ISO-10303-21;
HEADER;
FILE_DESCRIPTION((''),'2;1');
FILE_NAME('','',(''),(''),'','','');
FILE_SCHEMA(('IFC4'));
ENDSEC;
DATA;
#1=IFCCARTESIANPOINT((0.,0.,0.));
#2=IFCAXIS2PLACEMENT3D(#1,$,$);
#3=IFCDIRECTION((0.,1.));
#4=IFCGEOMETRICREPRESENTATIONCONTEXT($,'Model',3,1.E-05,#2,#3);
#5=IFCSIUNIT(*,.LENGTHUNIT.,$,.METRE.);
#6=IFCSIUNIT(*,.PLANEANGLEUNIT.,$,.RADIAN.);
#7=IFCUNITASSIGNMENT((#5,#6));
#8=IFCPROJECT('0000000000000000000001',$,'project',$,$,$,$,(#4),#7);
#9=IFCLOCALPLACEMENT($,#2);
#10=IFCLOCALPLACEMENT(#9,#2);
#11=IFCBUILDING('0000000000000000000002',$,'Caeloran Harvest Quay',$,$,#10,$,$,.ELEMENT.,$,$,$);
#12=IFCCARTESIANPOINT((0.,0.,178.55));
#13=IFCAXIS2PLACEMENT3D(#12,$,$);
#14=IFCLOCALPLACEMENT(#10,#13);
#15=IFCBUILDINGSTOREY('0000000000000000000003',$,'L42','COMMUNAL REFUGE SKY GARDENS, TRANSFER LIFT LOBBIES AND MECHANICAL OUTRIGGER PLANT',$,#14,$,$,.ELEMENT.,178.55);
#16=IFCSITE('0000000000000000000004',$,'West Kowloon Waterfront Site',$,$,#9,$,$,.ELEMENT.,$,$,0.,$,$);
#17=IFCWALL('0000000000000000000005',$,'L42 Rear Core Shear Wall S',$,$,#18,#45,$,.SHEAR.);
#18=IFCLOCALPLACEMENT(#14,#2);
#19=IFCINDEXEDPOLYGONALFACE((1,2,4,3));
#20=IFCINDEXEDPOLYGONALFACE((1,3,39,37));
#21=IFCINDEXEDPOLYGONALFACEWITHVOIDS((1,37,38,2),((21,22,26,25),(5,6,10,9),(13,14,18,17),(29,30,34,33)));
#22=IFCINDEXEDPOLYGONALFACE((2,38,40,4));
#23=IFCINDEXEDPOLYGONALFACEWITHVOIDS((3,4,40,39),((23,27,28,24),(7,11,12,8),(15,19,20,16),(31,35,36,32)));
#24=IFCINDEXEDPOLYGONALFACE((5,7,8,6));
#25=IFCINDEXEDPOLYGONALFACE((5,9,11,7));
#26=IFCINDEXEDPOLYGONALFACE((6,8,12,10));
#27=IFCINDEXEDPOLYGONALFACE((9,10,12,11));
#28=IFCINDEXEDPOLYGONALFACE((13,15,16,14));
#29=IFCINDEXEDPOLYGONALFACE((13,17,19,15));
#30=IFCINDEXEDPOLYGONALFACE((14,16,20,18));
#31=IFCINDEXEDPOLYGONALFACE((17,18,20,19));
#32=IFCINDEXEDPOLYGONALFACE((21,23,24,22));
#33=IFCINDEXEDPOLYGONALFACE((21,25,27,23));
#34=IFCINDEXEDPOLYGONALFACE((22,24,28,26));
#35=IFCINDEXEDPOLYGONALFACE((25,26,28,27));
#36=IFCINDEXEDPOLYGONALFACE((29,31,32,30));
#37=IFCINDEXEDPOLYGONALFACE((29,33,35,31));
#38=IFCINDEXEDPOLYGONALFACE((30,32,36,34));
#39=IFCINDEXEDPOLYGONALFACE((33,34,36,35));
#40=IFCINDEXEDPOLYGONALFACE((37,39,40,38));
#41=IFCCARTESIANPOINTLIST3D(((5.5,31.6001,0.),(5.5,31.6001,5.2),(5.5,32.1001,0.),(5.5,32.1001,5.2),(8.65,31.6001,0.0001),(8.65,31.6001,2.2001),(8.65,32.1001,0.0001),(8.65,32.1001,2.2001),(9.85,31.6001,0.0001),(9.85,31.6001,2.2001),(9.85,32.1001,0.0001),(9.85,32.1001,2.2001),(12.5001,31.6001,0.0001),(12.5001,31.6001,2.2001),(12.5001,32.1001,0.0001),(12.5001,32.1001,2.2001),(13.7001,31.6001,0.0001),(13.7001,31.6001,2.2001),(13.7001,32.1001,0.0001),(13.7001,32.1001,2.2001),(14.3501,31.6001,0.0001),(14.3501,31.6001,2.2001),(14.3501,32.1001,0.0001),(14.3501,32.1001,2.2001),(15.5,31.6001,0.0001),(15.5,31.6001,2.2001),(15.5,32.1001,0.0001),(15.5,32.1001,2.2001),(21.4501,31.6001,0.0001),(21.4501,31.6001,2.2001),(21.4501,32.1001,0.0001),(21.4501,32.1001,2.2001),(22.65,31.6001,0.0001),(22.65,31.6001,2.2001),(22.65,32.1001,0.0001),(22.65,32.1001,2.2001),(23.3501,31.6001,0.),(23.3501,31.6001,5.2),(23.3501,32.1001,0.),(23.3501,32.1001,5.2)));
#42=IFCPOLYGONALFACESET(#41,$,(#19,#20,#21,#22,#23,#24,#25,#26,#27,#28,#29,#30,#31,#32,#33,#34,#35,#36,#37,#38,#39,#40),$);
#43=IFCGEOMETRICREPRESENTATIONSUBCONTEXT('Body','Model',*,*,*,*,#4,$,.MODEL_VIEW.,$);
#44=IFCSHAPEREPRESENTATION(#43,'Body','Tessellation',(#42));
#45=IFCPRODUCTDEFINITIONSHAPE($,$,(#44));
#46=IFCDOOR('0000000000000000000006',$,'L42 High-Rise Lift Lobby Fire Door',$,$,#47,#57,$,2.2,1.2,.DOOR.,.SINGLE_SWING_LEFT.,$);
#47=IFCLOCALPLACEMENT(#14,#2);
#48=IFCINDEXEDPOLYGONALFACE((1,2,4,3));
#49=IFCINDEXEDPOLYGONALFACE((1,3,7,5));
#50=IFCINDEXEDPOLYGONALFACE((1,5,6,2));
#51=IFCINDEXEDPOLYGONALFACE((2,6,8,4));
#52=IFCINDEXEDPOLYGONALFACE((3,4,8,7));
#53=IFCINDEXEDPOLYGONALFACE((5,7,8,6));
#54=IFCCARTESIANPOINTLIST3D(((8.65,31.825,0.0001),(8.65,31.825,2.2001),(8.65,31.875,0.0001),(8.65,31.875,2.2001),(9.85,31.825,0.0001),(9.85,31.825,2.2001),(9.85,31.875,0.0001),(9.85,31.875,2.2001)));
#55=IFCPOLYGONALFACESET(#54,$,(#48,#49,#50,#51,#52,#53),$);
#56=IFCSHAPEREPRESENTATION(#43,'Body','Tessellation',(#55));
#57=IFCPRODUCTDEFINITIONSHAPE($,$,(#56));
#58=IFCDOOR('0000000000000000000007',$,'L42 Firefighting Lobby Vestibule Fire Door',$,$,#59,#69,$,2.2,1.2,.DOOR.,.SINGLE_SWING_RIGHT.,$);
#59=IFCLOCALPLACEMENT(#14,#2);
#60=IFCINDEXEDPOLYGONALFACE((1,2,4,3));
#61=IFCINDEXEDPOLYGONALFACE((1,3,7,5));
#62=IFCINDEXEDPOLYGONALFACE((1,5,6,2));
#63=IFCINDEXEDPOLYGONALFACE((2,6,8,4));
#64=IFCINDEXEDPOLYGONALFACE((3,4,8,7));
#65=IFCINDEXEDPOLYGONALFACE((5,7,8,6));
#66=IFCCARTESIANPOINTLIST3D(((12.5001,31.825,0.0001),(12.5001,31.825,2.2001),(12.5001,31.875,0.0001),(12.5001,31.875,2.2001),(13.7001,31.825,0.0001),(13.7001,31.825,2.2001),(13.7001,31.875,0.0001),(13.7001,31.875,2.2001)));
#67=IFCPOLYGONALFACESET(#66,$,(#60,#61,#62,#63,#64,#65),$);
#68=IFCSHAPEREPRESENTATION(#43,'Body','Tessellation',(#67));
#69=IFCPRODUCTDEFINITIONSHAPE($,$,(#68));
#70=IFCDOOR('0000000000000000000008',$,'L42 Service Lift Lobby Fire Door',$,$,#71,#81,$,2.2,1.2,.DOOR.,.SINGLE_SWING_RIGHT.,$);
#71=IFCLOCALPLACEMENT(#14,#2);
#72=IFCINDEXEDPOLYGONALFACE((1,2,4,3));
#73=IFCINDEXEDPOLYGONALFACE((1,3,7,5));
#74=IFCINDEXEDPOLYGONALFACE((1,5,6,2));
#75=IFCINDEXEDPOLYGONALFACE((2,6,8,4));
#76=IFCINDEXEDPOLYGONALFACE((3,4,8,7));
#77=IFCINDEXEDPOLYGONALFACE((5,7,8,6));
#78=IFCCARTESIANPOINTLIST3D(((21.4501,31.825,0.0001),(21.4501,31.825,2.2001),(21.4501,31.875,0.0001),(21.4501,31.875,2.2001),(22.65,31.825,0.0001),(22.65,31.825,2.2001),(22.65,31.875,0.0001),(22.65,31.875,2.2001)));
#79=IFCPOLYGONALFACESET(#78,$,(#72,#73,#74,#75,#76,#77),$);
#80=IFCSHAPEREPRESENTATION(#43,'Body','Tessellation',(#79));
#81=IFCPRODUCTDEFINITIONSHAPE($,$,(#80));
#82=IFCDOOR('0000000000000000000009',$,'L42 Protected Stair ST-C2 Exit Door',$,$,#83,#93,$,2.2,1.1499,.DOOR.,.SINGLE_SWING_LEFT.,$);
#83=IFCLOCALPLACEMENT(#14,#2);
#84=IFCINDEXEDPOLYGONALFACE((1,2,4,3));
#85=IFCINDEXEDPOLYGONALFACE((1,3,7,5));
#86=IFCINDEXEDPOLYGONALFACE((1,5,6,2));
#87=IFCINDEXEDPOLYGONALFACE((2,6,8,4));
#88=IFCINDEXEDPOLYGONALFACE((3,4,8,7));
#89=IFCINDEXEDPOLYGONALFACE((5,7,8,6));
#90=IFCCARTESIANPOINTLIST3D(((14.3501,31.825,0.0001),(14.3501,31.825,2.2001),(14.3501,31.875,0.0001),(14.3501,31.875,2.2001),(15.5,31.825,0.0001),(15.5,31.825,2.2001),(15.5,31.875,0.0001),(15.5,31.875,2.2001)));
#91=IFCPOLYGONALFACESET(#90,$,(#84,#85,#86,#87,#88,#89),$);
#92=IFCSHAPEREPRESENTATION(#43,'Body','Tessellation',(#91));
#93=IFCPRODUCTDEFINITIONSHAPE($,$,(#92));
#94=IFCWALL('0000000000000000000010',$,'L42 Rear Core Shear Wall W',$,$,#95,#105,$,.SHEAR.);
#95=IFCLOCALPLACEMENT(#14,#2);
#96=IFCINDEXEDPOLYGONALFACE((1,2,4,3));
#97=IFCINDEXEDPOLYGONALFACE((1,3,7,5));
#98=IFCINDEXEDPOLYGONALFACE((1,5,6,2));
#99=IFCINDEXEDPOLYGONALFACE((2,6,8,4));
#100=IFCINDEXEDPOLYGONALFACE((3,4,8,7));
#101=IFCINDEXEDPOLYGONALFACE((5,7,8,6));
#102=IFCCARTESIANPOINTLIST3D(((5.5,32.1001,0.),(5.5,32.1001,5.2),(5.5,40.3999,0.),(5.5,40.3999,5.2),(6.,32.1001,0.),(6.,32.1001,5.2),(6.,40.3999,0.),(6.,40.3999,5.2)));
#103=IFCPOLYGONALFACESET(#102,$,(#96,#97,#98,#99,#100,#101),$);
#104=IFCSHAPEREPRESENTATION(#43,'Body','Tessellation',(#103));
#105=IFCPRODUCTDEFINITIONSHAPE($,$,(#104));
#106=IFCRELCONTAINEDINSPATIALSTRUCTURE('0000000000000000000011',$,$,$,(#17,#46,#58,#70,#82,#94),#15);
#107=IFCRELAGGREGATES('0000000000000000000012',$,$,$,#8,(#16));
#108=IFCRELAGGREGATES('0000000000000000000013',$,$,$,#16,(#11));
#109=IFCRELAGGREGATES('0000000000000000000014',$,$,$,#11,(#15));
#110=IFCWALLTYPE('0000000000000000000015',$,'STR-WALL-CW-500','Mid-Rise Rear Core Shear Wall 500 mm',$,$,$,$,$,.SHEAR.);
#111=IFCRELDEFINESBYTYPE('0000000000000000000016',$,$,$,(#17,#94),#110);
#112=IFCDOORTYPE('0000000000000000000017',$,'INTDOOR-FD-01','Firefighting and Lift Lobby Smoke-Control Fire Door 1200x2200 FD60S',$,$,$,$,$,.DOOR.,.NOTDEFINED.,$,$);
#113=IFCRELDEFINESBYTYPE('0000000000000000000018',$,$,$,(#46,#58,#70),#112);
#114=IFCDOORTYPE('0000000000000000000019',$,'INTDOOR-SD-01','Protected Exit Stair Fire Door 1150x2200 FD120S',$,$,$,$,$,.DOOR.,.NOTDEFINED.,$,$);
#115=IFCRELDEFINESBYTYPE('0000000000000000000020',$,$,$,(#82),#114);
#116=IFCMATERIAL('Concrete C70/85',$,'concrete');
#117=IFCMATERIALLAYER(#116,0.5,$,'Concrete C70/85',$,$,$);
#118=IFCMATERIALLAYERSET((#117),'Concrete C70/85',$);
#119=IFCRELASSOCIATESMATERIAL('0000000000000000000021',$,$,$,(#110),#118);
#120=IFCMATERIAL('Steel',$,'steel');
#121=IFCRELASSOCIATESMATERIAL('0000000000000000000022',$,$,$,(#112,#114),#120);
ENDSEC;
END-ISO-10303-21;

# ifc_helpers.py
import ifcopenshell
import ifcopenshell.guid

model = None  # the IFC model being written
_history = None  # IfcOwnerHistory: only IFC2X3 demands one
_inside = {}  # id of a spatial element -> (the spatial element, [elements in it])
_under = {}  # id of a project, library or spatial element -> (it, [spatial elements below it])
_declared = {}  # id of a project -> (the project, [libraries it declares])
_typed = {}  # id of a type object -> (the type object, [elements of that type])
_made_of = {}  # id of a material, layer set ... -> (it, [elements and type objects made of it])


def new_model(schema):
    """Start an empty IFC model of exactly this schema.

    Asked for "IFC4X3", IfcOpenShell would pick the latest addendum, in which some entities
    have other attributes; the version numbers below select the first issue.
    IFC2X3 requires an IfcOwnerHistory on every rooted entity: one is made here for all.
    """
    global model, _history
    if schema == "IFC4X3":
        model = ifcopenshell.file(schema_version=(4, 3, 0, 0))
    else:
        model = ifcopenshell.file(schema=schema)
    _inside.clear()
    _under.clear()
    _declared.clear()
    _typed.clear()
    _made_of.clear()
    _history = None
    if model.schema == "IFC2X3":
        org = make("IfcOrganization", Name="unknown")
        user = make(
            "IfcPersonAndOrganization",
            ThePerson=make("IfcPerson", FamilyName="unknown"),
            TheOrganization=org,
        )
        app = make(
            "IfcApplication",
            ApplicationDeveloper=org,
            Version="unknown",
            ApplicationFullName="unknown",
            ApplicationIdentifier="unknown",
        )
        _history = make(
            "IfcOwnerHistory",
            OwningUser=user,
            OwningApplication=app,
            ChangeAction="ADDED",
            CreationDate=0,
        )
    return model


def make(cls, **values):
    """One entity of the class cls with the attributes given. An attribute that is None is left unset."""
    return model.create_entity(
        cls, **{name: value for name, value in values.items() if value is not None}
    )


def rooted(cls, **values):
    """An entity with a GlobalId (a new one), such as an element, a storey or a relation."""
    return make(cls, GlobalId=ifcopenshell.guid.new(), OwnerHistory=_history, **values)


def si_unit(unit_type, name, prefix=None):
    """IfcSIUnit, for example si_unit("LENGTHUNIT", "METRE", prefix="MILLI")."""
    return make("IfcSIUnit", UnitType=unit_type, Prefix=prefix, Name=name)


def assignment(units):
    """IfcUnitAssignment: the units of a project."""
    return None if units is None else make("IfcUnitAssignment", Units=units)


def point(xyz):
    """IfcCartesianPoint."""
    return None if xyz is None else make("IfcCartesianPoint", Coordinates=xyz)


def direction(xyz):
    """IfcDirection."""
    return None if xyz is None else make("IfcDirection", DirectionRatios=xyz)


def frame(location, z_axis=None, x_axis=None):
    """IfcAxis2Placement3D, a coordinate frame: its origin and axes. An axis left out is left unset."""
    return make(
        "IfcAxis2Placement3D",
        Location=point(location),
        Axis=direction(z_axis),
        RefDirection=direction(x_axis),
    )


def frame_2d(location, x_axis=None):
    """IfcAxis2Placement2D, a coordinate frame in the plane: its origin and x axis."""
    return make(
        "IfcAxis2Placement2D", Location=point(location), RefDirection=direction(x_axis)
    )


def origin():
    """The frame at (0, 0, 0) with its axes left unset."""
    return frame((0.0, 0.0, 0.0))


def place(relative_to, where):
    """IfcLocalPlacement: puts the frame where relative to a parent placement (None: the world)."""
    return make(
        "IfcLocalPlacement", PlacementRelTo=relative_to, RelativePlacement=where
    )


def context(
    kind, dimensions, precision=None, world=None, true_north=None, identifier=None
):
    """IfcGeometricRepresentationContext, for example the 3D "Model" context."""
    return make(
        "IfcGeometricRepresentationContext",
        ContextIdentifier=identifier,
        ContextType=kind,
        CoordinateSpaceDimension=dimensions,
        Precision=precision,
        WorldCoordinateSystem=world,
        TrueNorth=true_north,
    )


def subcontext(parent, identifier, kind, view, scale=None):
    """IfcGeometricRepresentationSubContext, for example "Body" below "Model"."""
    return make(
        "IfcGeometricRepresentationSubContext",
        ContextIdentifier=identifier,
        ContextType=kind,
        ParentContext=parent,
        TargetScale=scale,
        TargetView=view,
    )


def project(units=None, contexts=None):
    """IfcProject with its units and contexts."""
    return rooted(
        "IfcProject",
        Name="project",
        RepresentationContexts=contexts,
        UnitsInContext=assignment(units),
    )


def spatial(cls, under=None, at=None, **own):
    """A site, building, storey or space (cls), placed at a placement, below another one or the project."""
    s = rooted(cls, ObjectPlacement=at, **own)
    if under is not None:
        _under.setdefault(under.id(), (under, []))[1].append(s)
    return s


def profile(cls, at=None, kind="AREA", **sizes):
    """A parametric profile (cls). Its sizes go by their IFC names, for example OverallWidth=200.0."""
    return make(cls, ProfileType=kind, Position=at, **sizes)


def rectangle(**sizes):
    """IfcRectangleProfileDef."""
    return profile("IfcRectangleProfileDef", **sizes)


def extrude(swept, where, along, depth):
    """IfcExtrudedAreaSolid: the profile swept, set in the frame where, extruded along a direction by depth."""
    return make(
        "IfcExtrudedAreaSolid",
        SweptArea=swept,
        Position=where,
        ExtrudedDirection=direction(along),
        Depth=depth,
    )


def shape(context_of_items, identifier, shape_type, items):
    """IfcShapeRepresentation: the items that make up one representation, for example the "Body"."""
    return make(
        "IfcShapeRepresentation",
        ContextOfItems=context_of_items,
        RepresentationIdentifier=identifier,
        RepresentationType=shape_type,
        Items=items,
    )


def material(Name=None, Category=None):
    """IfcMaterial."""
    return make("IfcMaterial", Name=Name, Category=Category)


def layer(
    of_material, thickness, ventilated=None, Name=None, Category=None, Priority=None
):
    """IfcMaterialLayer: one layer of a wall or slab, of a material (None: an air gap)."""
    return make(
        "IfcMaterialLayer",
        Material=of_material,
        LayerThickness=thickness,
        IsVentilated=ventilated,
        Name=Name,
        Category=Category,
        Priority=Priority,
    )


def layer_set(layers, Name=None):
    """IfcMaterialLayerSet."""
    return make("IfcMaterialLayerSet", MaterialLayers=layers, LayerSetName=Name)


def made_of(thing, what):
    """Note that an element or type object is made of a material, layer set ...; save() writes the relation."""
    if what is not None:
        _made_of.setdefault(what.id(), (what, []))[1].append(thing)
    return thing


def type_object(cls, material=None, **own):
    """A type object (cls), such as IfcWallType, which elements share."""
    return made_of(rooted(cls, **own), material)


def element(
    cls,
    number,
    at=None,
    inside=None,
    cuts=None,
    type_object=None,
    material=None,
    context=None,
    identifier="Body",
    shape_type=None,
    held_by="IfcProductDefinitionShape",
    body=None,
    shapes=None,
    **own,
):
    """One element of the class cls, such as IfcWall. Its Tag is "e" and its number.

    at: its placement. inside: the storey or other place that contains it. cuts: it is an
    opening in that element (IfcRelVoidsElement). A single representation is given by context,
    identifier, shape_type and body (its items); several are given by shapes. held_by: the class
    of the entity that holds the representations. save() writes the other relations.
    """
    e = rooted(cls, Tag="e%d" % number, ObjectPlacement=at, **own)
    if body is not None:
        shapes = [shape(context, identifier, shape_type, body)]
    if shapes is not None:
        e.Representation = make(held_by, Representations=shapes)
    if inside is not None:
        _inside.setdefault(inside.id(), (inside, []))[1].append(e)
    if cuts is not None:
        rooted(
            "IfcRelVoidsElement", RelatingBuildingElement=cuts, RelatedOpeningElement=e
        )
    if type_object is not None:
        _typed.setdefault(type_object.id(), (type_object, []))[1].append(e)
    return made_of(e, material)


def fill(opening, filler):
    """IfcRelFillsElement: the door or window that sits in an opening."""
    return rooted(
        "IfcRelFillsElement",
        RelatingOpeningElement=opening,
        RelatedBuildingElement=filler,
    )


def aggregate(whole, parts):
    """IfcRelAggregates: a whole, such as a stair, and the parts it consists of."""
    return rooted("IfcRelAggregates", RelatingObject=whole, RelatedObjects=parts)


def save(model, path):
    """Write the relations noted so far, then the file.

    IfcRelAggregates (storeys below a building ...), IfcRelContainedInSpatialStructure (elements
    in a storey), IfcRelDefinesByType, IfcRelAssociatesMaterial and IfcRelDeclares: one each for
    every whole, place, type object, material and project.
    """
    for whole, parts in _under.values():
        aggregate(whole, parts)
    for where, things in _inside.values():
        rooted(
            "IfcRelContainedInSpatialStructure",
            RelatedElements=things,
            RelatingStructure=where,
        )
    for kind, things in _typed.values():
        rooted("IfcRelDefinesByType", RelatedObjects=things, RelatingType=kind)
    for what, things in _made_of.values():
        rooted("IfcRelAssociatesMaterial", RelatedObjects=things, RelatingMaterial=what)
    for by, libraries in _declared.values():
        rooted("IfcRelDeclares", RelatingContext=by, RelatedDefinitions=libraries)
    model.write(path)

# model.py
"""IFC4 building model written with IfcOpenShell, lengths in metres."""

from ifc_helpers import new_model, si_unit, direction, frame, frame_2d, origin, place, context, subcontext, project, spatial, rectangle, extrude, material, layer, layer_set, type_object, element, fill, save


model = new_model("IFC4")

# Units and contexts
model_context = context("Model", 3, precision=1e-05, world=origin(), true_north=direction((0.0, 1.0)))
body_context = subcontext(model_context, "Body", "Model", "MODEL_VIEW")
ifc_project = project(units=[si_unit("LENGTHUNIT", "METRE"), si_unit("PLANEANGLEUNIT", "RADIAN")], contexts=[model_context])

# Site, building, storey
site_placement = place(None, origin())
site = spatial("IfcSite", under=ifc_project, at=site_placement, Name="West Kowloon Waterfront Site", CompositionType="ELEMENT", RefElevation=0.0)
building_placement = place(site_placement, origin())
building = spatial("IfcBuilding", under=site, at=building_placement, Name="Caeloran Harvest Quay", CompositionType="ELEMENT")
storey_placement = place(building_placement, frame((0.0, 0.0, 178.55)))
storey = spatial("IfcBuildingStorey", under=building, at=storey_placement, Name="L42", Description="COMMUNAL REFUGE SKY GARDENS, TRANSFER LIFT LOBBIES AND MECHANICAL OUTRIGGER PLANT", CompositionType="ELEMENT", Elevation=178.55)

# Shared definitions
ifc_material_1 = material(Name="Concrete C70/85", Category="concrete")
ifc_layer_1 = layer(ifc_material_1, 0.5, Name="Concrete C70/85")
ifc_layer_set_1 = layer_set([ifc_layer_1], Name="Concrete C70/85")
wall_type_1 = type_object("IfcWallType", Name="STR-WALL-CW-500", Description="Mid-Rise Rear Core Shear Wall 500 mm", PredefinedType="SHEAR", material=ifc_layer_set_1)

# Wall, openings, doors
wall_1_placement = place(storey_placement, frame((5.5, 31.8501, 0.0), z_axis=(0.0, 0.0, 1.0), x_axis=(1.0, 0.0, 0.0)))
wall_1 = element("IfcWall", 1, at=wall_1_placement, inside=storey, type_object=wall_type_1, Name="L42 Rear Core Shear Wall S", PredefinedType="SHEAR", context=body_context, shape_type="SweptSolid", body=[
    extrude(rectangle(XDim=17.8501, YDim=0.5, at=frame_2d((8.925, 0.0))), origin(), (0.0, 0.0, 1.0), 5.2),
])
opening_1_placement = place(wall_1_placement, frame((3.1499, 0.0, 0.0)))
opening_1 = element("IfcOpeningElement", 2, at=opening_1_placement, cuts=wall_1, PredefinedType="OPENING", context=body_context, shape_type="SweptSolid", body=[
    extrude(rectangle(XDim=1.2, YDim=2.2, at=frame_2d((0.6001, 1.1001))), frame((0.0, 0.26, 0.0), z_axis=(0.0, -1.0, 0.0), x_axis=(1.0, 0.0, 0.0)), (0.0, 0.0, 1.0), 0.52),
])
opening_2_placement = place(wall_1_placement, frame((7.0, 0.0, 0.0)))
opening_2 = element("IfcOpeningElement", 3, at=opening_2_placement, cuts=wall_1, PredefinedType="OPENING", context=body_context, shape_type="SweptSolid", body=[
    extrude(rectangle(XDim=1.2, YDim=2.2, at=frame_2d((0.6001, 1.1001))), frame((0.0, 0.26, 0.0), z_axis=(0.0, -1.0, 0.0), x_axis=(1.0, 0.0, 0.0)), (0.0, 0.0, 1.0), 0.52),
])
opening_3_placement = place(wall_1_placement, frame((8.8501, 0.0, 0.0)))
opening_3 = element("IfcOpeningElement", 4, at=opening_3_placement, cuts=wall_1, PredefinedType="OPENING", context=body_context, shape_type="SweptSolid", body=[
    extrude(rectangle(XDim=1.1499, YDim=2.2, at=frame_2d((0.575, 1.1001))), frame((0.0, 0.26, 0.0), z_axis=(0.0, -1.0, 0.0), x_axis=(1.0, 0.0, 0.0)), (0.0, 0.0, 1.0), 0.52),
])
opening_4_placement = place(wall_1_placement, frame((15.95, 0.0, 0.0)))
opening_4 = element("IfcOpeningElement", 5, at=opening_4_placement, cuts=wall_1, PredefinedType="OPENING", context=body_context, shape_type="SweptSolid", body=[
    extrude(rectangle(XDim=1.2, YDim=2.2, at=frame_2d((0.6001, 1.1001))), frame((0.0, 0.26, 0.0), z_axis=(0.0, -1.0, 0.0), x_axis=(1.0, 0.0, 0.0)), (0.0, 0.0, 1.0), 0.52),
])
ifc_material_2 = material(Name="Steel", Category="steel")
door_type_1 = type_object("IfcDoorType", Name="INTDOOR-FD-01", Description="Firefighting and Lift Lobby Smoke-Control Fire Door 1200x2200 FD60S", OperationType="NOTDEFINED", PredefinedType="DOOR", material=ifc_material_2)
door_1_placement = place(opening_1_placement, origin())
door_1 = element("IfcDoor", 6, at=door_1_placement, inside=storey, type_object=door_type_1, Name="L42 High-Rise Lift Lobby Fire Door", OperationType="SINGLE_SWING_LEFT", OverallHeight=2.2, OverallWidth=1.2, PredefinedType="DOOR", context=body_context, shape_type="SweptSolid", body=[
    extrude(rectangle(XDim=1.2, YDim=2.2, at=frame_2d((0.6001, 1.1001))), frame((0.0, 0.0249, 0.0), z_axis=(0.0, -1.0, 0.0), x_axis=(1.0, 0.0, 0.0)), (0.0, 0.0, 1.0), 0.05),
])
fill(opening_1, door_1)
door_2_placement = place(opening_2_placement, origin())
door_2 = element("IfcDoor", 7, at=door_2_placement, inside=storey, type_object=door_type_1, Name="L42 Firefighting Lobby Vestibule Fire Door", OperationType="SINGLE_SWING_RIGHT", OverallHeight=2.2, OverallWidth=1.2, PredefinedType="DOOR", context=body_context, shape_type="SweptSolid", body=[
    extrude(rectangle(XDim=1.2, YDim=2.2, at=frame_2d((0.6001, 1.1001))), frame((0.0, 0.0249, 0.0), z_axis=(0.0, -1.0, 0.0), x_axis=(1.0, 0.0, 0.0)), (0.0, 0.0, 1.0), 0.05),
])
fill(opening_2, door_2)
door_3_placement = place(opening_4_placement, origin())
door_3 = element("IfcDoor", 8, at=door_3_placement, inside=storey, type_object=door_type_1, Name="L42 Service Lift Lobby Fire Door", OperationType="SINGLE_SWING_RIGHT", OverallHeight=2.2, OverallWidth=1.2, PredefinedType="DOOR", context=body_context, shape_type="SweptSolid", body=[
    extrude(rectangle(XDim=1.2, YDim=2.2, at=frame_2d((0.6001, 1.1001))), frame((0.0, 0.0249, 0.0), z_axis=(0.0, -1.0, 0.0), x_axis=(1.0, 0.0, 0.0)), (0.0, 0.0, 1.0), 0.05),
])
fill(opening_4, door_3)
door_type_2 = type_object("IfcDoorType", Name="INTDOOR-SD-01", Description="Protected Exit Stair Fire Door 1150x2200 FD120S", OperationType="NOTDEFINED", PredefinedType="DOOR", material=ifc_material_2)
door_4_placement = place(opening_3_placement, origin())
door_4 = element("IfcDoor", 9, at=door_4_placement, inside=storey, type_object=door_type_2, Name="L42 Protected Stair ST-C2 Exit Door", OperationType="SINGLE_SWING_LEFT", OverallHeight=2.2, OverallWidth=1.1499, PredefinedType="DOOR", context=body_context, shape_type="SweptSolid", body=[
    extrude(rectangle(XDim=1.1499, YDim=2.2, at=frame_2d((0.575, 1.1001))), frame((0.0, 0.0249, 0.0), z_axis=(0.0, -1.0, 0.0), x_axis=(1.0, 0.0, 0.0)), (0.0, 0.0, 1.0), 0.05),
])
fill(opening_3, door_4)

# Wall
wall_2_placement = place(storey_placement, frame((5.75, 32.1001, 0.0), z_axis=(0.0, 0.0, 1.0), x_axis=(0.0, 1.0, 0.0)))
element("IfcWall", 10, at=wall_2_placement, inside=storey, type_object=wall_type_1, Name="L42 Rear Core Shear Wall W", PredefinedType="SHEAR", context=body_context, shape_type="SweptSolid", body=[
    extrude(rectangle(XDim=8.2998, YDim=0.5, at=frame_2d((4.1499, 0.0))), origin(), (0.0, 0.0, 1.0), 5.2),
])

save(model, "model.ifc")
